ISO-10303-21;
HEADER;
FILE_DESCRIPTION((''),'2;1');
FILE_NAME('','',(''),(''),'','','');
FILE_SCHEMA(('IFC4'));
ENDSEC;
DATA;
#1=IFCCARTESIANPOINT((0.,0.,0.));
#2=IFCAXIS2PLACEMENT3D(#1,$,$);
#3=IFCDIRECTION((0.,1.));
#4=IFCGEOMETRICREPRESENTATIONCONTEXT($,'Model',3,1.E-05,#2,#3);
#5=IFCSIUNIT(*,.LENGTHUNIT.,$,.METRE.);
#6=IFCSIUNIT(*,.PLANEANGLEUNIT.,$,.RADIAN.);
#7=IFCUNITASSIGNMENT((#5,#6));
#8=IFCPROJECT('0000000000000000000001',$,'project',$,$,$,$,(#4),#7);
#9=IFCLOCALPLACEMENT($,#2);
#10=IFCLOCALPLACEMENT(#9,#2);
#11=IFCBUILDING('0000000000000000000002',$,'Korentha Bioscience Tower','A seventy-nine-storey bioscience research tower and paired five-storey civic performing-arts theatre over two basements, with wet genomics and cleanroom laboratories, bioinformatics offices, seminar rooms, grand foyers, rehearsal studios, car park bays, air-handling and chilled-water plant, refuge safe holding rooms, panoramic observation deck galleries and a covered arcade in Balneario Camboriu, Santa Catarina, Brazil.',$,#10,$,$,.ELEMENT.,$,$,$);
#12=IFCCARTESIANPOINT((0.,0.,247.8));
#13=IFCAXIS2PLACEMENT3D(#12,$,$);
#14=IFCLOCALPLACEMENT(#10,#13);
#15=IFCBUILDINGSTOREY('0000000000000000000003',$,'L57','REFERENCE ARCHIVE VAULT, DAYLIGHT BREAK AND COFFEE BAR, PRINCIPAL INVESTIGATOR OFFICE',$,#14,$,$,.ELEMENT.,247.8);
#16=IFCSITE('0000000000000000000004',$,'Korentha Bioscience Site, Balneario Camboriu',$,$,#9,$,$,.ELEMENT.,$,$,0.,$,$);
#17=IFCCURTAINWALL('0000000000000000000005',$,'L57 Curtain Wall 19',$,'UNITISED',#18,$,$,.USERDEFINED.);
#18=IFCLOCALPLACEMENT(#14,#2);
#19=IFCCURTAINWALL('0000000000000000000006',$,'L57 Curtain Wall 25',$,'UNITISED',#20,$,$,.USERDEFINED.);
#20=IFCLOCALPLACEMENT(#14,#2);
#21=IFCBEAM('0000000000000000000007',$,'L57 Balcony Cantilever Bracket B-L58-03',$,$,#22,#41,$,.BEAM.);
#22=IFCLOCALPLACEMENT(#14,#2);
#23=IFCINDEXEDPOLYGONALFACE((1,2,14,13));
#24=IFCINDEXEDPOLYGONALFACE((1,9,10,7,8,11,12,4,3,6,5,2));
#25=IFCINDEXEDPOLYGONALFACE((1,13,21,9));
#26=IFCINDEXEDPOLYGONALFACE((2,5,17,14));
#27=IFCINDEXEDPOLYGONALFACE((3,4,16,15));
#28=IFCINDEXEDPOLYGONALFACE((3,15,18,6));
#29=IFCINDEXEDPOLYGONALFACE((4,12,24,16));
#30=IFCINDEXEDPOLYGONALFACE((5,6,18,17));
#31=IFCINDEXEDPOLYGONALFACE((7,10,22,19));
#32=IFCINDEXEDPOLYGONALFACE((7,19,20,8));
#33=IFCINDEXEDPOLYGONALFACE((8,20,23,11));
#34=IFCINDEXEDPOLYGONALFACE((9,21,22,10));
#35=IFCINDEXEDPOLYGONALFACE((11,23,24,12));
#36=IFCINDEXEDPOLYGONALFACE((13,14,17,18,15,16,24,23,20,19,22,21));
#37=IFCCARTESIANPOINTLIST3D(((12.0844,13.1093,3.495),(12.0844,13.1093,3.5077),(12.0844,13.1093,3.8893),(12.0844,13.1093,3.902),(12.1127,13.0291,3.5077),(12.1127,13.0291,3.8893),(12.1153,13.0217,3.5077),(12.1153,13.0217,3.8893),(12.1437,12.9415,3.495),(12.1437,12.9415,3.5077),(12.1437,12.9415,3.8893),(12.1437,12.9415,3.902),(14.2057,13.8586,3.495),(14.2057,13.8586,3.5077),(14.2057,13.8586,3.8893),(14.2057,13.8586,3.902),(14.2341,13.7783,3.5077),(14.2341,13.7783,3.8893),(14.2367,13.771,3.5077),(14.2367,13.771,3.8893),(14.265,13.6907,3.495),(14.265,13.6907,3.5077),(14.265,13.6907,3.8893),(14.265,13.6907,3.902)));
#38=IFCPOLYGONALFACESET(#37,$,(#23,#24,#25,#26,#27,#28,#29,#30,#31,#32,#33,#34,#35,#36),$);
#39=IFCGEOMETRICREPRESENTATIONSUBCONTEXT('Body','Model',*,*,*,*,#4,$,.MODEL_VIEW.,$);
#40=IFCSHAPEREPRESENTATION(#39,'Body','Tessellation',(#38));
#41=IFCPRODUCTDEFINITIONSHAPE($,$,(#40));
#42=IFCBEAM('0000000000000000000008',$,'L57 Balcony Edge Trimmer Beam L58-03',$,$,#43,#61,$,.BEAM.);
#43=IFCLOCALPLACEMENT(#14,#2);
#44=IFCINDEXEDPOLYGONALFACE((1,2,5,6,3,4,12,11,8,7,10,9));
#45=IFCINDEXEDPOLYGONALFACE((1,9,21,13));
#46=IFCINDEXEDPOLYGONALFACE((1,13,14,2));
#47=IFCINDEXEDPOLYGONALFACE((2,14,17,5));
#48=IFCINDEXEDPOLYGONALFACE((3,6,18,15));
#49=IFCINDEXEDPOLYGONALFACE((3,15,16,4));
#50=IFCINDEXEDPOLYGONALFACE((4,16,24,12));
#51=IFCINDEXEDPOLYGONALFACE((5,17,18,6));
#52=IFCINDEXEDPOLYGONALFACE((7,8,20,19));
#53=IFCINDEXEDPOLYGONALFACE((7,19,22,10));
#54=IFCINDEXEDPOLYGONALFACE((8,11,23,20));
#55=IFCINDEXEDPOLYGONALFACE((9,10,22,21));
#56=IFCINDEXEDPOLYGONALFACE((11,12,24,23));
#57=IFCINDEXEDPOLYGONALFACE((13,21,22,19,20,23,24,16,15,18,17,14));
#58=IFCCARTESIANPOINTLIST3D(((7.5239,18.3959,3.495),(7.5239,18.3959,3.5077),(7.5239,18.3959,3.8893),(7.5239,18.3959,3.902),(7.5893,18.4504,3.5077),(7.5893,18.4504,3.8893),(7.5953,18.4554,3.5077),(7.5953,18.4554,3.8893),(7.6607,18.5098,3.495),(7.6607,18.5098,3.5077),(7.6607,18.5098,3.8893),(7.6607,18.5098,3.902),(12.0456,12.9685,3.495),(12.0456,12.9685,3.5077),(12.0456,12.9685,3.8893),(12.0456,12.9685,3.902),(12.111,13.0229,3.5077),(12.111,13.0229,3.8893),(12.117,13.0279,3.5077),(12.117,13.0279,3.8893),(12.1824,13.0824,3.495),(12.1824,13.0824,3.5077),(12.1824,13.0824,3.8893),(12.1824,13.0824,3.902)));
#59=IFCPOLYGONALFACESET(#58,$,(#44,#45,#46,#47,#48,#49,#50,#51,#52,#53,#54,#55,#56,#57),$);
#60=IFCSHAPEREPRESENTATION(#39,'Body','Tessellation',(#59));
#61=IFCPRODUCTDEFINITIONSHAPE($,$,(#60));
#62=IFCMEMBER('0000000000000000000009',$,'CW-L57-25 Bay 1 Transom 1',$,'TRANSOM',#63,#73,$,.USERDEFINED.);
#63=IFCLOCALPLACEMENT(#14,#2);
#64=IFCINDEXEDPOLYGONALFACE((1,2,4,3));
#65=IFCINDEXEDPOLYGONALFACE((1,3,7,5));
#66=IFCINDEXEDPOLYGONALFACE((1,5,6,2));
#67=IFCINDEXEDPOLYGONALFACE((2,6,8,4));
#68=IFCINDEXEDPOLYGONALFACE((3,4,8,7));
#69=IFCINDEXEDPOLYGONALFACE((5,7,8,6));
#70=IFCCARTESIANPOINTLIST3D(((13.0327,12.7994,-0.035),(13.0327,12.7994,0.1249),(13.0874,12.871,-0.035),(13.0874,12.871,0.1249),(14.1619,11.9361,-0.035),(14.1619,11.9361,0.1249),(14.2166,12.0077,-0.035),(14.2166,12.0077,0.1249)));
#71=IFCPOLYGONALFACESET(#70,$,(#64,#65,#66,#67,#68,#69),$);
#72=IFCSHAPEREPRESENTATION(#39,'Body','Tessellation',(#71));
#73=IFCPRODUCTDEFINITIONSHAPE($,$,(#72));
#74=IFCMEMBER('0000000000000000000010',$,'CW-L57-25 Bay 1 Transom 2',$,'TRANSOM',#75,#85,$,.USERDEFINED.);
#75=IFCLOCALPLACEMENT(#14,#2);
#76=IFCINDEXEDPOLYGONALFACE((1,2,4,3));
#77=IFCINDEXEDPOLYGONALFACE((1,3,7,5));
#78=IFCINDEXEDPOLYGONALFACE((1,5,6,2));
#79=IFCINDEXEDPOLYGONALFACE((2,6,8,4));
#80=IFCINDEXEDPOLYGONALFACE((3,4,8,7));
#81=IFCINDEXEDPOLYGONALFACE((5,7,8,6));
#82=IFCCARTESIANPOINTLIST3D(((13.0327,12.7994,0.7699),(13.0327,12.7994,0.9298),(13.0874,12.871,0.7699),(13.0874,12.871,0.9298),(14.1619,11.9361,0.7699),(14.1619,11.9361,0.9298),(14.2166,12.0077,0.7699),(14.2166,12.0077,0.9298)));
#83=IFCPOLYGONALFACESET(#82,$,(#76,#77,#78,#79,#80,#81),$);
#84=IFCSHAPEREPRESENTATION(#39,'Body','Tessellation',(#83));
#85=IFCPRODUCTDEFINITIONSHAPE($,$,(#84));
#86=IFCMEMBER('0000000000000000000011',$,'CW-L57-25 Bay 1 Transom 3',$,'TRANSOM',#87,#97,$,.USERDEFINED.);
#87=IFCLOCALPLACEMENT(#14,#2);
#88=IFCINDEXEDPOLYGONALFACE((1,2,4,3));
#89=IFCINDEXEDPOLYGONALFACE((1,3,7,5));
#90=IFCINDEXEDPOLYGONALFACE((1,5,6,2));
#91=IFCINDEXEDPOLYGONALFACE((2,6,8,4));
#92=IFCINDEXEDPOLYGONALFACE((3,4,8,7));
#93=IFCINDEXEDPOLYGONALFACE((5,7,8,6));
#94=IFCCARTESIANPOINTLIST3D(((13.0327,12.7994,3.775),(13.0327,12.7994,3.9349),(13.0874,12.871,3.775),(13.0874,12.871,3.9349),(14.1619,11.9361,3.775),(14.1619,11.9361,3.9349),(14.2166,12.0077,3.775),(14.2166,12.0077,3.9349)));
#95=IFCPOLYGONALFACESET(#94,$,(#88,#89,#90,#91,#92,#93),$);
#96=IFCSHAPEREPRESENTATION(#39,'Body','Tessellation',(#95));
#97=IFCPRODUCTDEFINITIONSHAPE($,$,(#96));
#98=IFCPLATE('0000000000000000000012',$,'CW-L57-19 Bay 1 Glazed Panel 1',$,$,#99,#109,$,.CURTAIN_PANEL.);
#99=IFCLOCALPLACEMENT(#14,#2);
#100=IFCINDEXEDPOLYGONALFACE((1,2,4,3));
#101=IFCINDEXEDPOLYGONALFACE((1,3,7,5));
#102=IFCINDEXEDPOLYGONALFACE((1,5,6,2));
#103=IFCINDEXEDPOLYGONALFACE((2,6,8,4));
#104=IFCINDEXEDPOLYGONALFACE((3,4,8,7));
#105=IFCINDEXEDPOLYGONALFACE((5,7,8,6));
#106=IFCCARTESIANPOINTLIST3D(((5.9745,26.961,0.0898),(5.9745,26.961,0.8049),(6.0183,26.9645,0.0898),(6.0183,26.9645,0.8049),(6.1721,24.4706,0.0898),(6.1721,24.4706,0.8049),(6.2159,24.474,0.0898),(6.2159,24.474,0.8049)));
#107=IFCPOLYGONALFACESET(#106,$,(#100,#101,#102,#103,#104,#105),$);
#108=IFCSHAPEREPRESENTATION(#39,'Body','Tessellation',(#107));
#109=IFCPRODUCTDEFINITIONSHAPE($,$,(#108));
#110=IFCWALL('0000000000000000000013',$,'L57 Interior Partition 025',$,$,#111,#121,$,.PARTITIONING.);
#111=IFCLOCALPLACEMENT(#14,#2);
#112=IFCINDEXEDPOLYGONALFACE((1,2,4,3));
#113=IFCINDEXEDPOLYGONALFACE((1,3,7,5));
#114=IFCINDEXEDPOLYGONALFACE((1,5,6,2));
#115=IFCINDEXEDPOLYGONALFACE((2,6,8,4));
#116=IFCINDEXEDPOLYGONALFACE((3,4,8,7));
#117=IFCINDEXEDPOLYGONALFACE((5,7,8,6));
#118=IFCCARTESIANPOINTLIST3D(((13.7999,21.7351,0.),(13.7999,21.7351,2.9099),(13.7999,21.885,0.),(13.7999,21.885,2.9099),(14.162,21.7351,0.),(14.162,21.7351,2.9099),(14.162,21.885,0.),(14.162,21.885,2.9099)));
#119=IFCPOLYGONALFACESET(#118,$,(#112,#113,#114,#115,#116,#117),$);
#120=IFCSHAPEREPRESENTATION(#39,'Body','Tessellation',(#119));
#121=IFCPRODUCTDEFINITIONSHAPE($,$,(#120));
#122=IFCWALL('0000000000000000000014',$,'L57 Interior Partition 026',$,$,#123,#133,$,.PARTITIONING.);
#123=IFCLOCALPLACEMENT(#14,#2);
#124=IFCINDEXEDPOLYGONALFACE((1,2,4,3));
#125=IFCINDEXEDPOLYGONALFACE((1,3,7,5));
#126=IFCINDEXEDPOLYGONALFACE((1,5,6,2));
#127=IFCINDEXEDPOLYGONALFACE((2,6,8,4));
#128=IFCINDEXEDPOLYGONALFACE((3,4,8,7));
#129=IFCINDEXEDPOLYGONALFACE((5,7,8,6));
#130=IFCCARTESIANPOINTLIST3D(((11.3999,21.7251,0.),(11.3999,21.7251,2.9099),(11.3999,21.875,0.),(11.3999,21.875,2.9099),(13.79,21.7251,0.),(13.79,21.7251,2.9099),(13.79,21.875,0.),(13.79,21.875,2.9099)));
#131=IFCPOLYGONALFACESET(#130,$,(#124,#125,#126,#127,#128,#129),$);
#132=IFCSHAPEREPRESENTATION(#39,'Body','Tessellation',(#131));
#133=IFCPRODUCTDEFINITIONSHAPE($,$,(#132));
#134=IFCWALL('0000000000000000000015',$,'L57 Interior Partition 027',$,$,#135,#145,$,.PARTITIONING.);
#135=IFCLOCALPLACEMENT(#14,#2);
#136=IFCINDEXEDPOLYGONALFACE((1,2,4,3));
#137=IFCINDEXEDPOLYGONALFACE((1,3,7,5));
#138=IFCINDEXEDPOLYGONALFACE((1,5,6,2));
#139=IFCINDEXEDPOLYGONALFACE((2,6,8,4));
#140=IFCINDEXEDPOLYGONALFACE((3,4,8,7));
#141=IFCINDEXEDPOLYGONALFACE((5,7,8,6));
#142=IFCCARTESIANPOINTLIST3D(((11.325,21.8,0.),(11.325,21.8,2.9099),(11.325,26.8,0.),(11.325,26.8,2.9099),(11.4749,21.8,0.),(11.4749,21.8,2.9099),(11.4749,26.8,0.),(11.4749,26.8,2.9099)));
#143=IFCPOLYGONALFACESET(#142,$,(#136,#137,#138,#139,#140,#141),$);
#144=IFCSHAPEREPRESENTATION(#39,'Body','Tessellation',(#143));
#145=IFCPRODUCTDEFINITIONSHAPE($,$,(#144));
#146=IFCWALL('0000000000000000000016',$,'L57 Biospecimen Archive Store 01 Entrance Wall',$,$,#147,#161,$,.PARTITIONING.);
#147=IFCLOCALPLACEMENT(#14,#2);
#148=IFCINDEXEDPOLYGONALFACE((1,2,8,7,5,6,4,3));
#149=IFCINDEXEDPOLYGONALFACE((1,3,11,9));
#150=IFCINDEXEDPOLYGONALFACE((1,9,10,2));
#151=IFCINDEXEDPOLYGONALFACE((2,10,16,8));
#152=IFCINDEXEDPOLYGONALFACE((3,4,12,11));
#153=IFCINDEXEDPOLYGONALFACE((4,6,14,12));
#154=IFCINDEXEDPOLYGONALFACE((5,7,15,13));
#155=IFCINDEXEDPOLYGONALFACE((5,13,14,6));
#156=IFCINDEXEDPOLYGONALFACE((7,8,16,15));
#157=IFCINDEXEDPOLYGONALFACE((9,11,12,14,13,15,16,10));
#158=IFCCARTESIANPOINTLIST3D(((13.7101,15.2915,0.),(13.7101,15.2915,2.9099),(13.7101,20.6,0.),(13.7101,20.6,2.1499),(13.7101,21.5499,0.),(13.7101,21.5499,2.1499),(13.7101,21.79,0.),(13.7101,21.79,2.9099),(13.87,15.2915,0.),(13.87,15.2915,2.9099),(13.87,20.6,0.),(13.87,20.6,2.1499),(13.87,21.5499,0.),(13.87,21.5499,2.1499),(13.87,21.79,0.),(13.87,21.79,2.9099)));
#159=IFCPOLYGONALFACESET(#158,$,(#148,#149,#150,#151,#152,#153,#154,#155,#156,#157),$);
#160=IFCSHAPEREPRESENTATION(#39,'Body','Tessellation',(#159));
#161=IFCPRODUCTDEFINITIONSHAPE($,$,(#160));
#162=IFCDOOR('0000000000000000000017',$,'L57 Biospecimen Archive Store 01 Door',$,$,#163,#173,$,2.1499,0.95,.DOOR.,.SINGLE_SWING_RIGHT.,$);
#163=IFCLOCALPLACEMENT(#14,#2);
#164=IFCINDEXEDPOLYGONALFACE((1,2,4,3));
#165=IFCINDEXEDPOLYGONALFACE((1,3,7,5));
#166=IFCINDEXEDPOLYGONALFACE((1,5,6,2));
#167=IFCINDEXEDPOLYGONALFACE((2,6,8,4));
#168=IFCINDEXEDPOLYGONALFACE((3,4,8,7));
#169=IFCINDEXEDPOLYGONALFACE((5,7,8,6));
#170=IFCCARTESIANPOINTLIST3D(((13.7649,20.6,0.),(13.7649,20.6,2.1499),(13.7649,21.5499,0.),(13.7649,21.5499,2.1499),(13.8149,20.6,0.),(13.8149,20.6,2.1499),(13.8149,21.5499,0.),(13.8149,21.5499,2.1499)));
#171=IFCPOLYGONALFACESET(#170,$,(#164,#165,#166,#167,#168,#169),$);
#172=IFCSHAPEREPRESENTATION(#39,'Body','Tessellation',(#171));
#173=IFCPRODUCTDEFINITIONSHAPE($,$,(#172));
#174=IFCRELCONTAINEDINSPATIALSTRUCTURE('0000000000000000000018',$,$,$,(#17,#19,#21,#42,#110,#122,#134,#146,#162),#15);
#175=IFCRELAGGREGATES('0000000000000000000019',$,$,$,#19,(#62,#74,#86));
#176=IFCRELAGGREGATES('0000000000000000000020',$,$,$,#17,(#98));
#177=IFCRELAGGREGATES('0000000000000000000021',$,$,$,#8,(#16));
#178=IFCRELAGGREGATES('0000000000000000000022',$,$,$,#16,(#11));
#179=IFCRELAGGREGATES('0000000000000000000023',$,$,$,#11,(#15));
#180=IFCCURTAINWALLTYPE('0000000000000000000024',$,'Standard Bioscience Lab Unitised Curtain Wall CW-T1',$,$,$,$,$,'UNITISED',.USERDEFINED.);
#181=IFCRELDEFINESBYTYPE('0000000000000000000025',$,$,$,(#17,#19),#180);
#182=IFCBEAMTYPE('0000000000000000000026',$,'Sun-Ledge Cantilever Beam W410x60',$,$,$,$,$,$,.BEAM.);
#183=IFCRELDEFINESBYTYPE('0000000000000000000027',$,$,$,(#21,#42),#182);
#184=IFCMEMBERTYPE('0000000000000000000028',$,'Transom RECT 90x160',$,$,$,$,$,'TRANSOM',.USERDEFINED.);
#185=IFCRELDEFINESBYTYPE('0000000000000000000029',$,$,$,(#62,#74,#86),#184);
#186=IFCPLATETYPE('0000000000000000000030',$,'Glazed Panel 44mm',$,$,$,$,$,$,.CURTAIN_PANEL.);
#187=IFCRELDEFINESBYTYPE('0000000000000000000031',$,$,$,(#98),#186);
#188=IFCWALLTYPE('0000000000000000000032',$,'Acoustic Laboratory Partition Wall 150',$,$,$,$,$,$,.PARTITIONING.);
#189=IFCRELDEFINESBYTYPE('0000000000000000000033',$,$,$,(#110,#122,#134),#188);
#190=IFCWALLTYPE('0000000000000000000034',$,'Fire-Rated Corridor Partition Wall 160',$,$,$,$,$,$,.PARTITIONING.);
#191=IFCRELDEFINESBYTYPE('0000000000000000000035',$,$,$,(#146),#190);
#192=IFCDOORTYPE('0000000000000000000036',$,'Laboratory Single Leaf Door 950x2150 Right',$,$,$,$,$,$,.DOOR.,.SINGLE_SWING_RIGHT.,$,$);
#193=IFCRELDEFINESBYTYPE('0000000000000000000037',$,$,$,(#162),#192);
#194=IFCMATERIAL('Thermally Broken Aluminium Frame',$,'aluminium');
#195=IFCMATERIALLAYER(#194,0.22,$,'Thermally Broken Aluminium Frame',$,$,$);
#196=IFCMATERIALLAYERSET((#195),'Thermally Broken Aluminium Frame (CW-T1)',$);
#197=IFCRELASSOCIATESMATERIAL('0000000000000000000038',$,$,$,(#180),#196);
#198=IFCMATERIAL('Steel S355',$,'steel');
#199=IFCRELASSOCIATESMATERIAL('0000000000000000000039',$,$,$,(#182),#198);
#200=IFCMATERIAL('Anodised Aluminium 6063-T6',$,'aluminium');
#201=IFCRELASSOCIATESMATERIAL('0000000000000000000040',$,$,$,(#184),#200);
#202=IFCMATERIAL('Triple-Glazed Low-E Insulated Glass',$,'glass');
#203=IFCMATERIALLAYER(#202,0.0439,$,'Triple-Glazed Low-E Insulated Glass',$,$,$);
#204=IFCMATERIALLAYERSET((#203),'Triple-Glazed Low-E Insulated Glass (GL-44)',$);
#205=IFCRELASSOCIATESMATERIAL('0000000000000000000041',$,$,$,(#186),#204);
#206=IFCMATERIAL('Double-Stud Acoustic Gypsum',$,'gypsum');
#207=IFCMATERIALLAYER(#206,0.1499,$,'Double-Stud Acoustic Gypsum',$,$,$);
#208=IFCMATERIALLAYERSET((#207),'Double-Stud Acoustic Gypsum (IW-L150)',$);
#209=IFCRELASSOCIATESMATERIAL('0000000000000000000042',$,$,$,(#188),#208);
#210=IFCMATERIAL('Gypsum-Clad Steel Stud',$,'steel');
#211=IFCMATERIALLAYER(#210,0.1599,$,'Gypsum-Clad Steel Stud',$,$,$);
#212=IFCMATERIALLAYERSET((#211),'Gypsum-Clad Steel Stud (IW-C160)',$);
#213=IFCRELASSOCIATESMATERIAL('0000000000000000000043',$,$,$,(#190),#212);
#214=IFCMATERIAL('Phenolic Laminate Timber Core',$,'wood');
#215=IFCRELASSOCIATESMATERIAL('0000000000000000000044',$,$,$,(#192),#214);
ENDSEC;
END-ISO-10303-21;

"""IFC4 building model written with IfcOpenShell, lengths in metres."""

from ifc_helpers import new_model, si_unit, direction, frame, frame_2d, origin, origin_2d, place, context, subcontext, project, spatial, rectangle, i_section, extrude, material, layer, layer_set, material_profile, profile_set, type_object, element, fill, aggregate, save


model = new_model("IFC4")

# Units and contexts
model_context = context("Model", 3, precision=1e-05, world=origin(), true_north=direction((0.0, 1.0)))
body_context = subcontext(model_context, "Body", "Model", "MODEL_VIEW")
ifc_project = project(units=[si_unit("LENGTHUNIT", "METRE"), si_unit("PLANEANGLEUNIT", "RADIAN")], contexts=[model_context])

# Site, building, storey
site_placement = place(None, origin())
site = spatial("IfcSite", under=ifc_project, at=site_placement, Name="Korentha Bioscience Site, Balneario Camboriu", CompositionType="ELEMENT", RefElevation=0.0)
building_placement = place(site_placement, origin())
building = spatial("IfcBuilding", under=site, at=building_placement, Name="Korentha Bioscience Tower", Description="A seventy-nine-storey bioscience research tower and paired five-storey civic performing-arts theatre over two basements, with wet genomics and cleanroom laboratories, bioinformatics offices, seminar rooms, grand foyers, rehearsal studios, car park bays, air-handling and chilled-water plant, refuge safe holding rooms, panoramic observation deck galleries and a covered arcade in Balneario Camboriu, Santa Catarina, Brazil.", CompositionType="ELEMENT")
storey_placement = place(building_placement, frame((0.0, 0.0, 247.8)))
storey = spatial("IfcBuildingStorey", under=building, at=storey_placement, Name="L57", Description="REFERENCE ARCHIVE VAULT, DAYLIGHT BREAK AND COFFEE BAR, PRINCIPAL INVESTIGATOR OFFICE", CompositionType="ELEMENT", Elevation=247.8)

# Curtain walls
ifc_material_1 = material(Name="Thermally Broken Aluminium Frame", Category="aluminium")
ifc_layer_1 = layer(ifc_material_1, 0.22, Name="Thermally Broken Aluminium Frame")
ifc_layer_set_1 = layer_set([ifc_layer_1], Name="Thermally Broken Aluminium Frame (CW-T1)")
curtain_wall_type = type_object("IfcCurtainWallType", Name="Standard Bioscience Lab Unitised Curtain Wall CW-T1", ElementType="UNITISED", PredefinedType="USERDEFINED", material=ifc_layer_set_1)
curtain_wall_1_placement = place(storey_placement, origin())
curtain_wall_1 = element("IfcCurtainWall", 1, at=curtain_wall_1_placement, inside=storey, type_object=curtain_wall_type, Name="L57 Curtain Wall 19", ObjectType="UNITISED", PredefinedType="USERDEFINED")
ifc_material_2 = material(Name="Anodised Aluminium 6063-T6", Category="aluminium")
curtain_wall_2_placement = place(storey_placement, origin())
curtain_wall_2 = element("IfcCurtainWall", 2, at=curtain_wall_2_placement, inside=storey, type_object=curtain_wall_type, Name="L57 Curtain Wall 25", ObjectType="UNITISED", PredefinedType="USERDEFINED")

# Beams
ifc_material_3 = material(Name="Steel S355", Category="steel")
ifc_material_profile_1 = material_profile(ifc_material_3, i_section(OverallWidth=0.178, OverallDepth=0.407, WebThickness=0.0078, FlangeThickness=0.0127, at=origin_2d()), Name="Steel S355")
ifc_profile_set_1 = profile_set([ifc_material_profile_1], Name="Steel S355 (CB-410)")
beam_type_1 = type_object("IfcBeamType", Name="Sun-Ledge Cantilever Beam W410x60", PredefinedType="BEAM", material=ifc_profile_set_1)
beam_1_placement = place(storey_placement, frame((14.2354, 13.7747, 3.6985), z_axis=(-0.942912, -0.333041, 0.0), x_axis=(0.333041, -0.942912, 0.0)))
element("IfcBeam", 3, at=beam_1_placement, inside=storey, type_object=beam_type_1, Name="L57 Balcony Cantilever Bracket B-L58-03", PredefinedType="BEAM", context=body_context, shape_type="SweptSolid", body=[
    extrude(i_section(OverallWidth=0.178, OverallDepth=0.407, WebThickness=0.0078, FlangeThickness=0.0127, at=origin_2d()), origin(), (0.0, 0.0, 1.0), 2.2498),
])
beam_2_placement = place(storey_placement, frame((7.5923, 18.4529, 3.6985), z_axis=(0.640086, -0.768303, 0.0), x_axis=(0.768303, 0.640086, 0.0)))
element("IfcBeam", 4, at=beam_2_placement, inside=storey, type_object=beam_type_1, Name="L57 Balcony Edge Trimmer Beam L58-03", PredefinedType="BEAM", context=body_context, shape_type="SweptSolid", body=[
    extrude(i_section(OverallWidth=0.178, OverallDepth=0.407, WebThickness=0.0078, FlangeThickness=0.0127, at=origin_2d()), origin(), (0.0, 0.0, 1.0), 7.0642),
])

# Members
ifc_material_profile_2 = material_profile(ifc_material_2, rectangle(XDim=0.0901, YDim=0.1599, at=origin_2d()), Name="Anodised Aluminium 6063-T6")
ifc_profile_set_2 = profile_set([ifc_material_profile_2], Name="Anodised Aluminium 6063-T6 (CW-TRN)")
member_type_1 = type_object("IfcMemberType", Name="Transom RECT 90x160", ElementType="TRANSOM", PredefinedType="USERDEFINED", material=ifc_profile_set_2)
member_1_placement = place(storey_placement, frame((13.0601, 12.8352, 0.0449), z_axis=(0.794421, -0.607367, 0.0), x_axis=(0.607367, 0.794421, 0.0)))
member_1 = element("IfcMember", 5, at=member_1_placement, type_object=member_type_1, Name="CW-L57-25 Bay 1 Transom 1", ObjectType="TRANSOM", PredefinedType="USERDEFINED", context=body_context, shape_type="SweptSolid", body=[
    extrude(rectangle(XDim=0.0901, YDim=0.1599, at=origin_2d()), origin(), (0.0, 0.0, 1.0), 1.4214),
])
member_2_placement = place(storey_placement, frame((13.0601, 12.8352, 0.8499), z_axis=(0.794421, -0.607367, 0.0), x_axis=(0.607367, 0.794421, 0.0)))
member_2 = element("IfcMember", 6, at=member_2_placement, type_object=member_type_1, Name="CW-L57-25 Bay 1 Transom 2", ObjectType="TRANSOM", PredefinedType="USERDEFINED", context=body_context, shape_type="SweptSolid", body=[
    extrude(rectangle(XDim=0.0901, YDim=0.1599, at=origin_2d()), origin(), (0.0, 0.0, 1.0), 1.4214),
])
member_3_placement = place(storey_placement, frame((13.0601, 12.8352, 3.855), z_axis=(0.794421, -0.607367, 0.0), x_axis=(0.607367, 0.794421, 0.0)))
member_3 = element("IfcMember", 7, at=member_3_placement, type_object=member_type_1, Name="CW-L57-25 Bay 1 Transom 3", ObjectType="TRANSOM", PredefinedType="USERDEFINED", context=body_context, shape_type="SweptSolid", body=[
    extrude(rectangle(XDim=0.0901, YDim=0.1599, at=origin_2d()), origin(), (0.0, 0.0, 1.0), 1.4214),
])
aggregate(curtain_wall_2, [member_1, member_2, member_3])

# Plate
ifc_material_4 = material(Name="Triple-Glazed Low-E Insulated Glass", Category="glass")
ifc_layer_2 = layer(ifc_material_4, 0.0439, Name="Triple-Glazed Low-E Insulated Glass")
ifc_layer_set_2 = layer_set([ifc_layer_2], Name="Triple-Glazed Low-E Insulated Glass (GL-44)")
plate_type = type_object("IfcPlateType", Name="Glazed Panel 44mm", PredefinedType="CURTAIN_PANEL", material=ifc_layer_set_2)
plate_placement = place(storey_placement, frame((6.0952, 25.7175, 0.0898), z_axis=(0.0, 0.0, 1.0), x_axis=(0.079117, -0.996865, 0.0)))
plate = element("IfcPlate", 8, at=plate_placement, type_object=plate_type, Name="CW-L57-19 Bay 1 Glazed Panel 1", PredefinedType="CURTAIN_PANEL", context=body_context, shape_type="SweptSolid", body=[
    extrude(rectangle(XDim=2.4983, YDim=0.0439, at=origin_2d()), origin(), (0.0, 0.0, 1.0), 0.7151),
])
aggregate(curtain_wall_1, [plate])

# Walls
ifc_material_5 = material(Name="Double-Stud Acoustic Gypsum", Category="gypsum")
ifc_layer_3 = layer(ifc_material_5, 0.1499, Name="Double-Stud Acoustic Gypsum")
ifc_layer_set_3 = layer_set([ifc_layer_3], Name="Double-Stud Acoustic Gypsum (IW-L150)")
wall_type_1 = type_object("IfcWallType", Name="Acoustic Laboratory Partition Wall 150", PredefinedType="PARTITIONING", material=ifc_layer_set_3)
wall_1_placement = place(storey_placement, frame((14.1621, 21.8101, 0.0), z_axis=(0.0, 0.0, 1.0), x_axis=(-1.0, 0.0, 0.0)))
element("IfcWall", 9, at=wall_1_placement, inside=storey, type_object=wall_type_1, Name="L57 Interior Partition 025", PredefinedType="PARTITIONING", context=body_context, shape_type="SweptSolid", body=[
    extrude(rectangle(XDim=0.3621, YDim=0.1499, at=frame_2d((0.1812, 0.0))), origin(), (0.0, 0.0, 1.0), 2.9099),
])
wall_2_placement = place(storey_placement, frame((13.79, 21.8, 0.0), z_axis=(0.0, 0.0, 1.0), x_axis=(-1.0, 0.0, 0.0)))
element("IfcWall", 10, at=wall_2_placement, inside=storey, type_object=wall_type_1, Name="L57 Interior Partition 026", PredefinedType="PARTITIONING", context=body_context, shape_type="SweptSolid", body=[
    extrude(rectangle(XDim=2.3901, YDim=0.1499, at=frame_2d((1.1951, 0.0))), origin(), (0.0, 0.0, 1.0), 2.9099),
])
wall_3_placement = place(storey_placement, frame((11.3999, 21.8, 0.0), z_axis=(0.0, 0.0, 1.0), x_axis=(0.0, 1.0, 0.0)))
element("IfcWall", 11, at=wall_3_placement, inside=storey, type_object=wall_type_1, Name="L57 Interior Partition 027", PredefinedType="PARTITIONING", context=body_context, shape_type="SweptSolid", body=[
    extrude(rectangle(XDim=5.0, YDim=0.1499, at=frame_2d((2.5, 0.0))), origin(), (0.0, 0.0, 1.0), 2.9099),
])

# Wall, opening, door
ifc_material_6 = material(Name="Gypsum-Clad Steel Stud", Category="steel")
ifc_layer_4 = layer(ifc_material_6, 0.1599, Name="Gypsum-Clad Steel Stud")
ifc_layer_set_4 = layer_set([ifc_layer_4], Name="Gypsum-Clad Steel Stud (IW-C160)")
wall_type_2 = type_object("IfcWallType", Name="Fire-Rated Corridor Partition Wall 160", PredefinedType="PARTITIONING", material=ifc_layer_set_4)
wall_4_placement = place(storey_placement, frame((13.79, 21.79, 0.0), z_axis=(0.0, 0.0, 1.0), x_axis=(0.0, -1.0, 0.0)))
wall_4 = element("IfcWall", 12, at=wall_4_placement, inside=storey, type_object=wall_type_2, Name="L57 Biospecimen Archive Store 01 Entrance Wall", PredefinedType="PARTITIONING", context=body_context, shape_type="SweptSolid", body=[
    extrude(rectangle(XDim=6.4985, YDim=0.1599, at=frame_2d((3.2493, 0.0))), origin(), (0.0, 0.0, 1.0), 2.9099),
])
opening_1_placement = place(wall_4_placement, frame((0.24, 0.0, 0.0)))
opening_1 = element("IfcOpeningElement", 13, at=opening_1_placement, cuts=wall_4, PredefinedType="OPENING", context=body_context, shape_type="SweptSolid", body=[
    extrude(rectangle(XDim=0.95, YDim=2.1499, at=frame_2d((0.4751, 1.075))), frame((0.0, 0.0947, 0.0), z_axis=(0.0, -1.0, 0.0), x_axis=(1.0, 0.0, 0.0)), (0.0, 0.0, 1.0), 0.1897),
])
ifc_material_7 = material(Name="Phenolic Laminate Timber Core", Category="wood")
door_type = type_object("IfcDoorType", Name="Laboratory Single Leaf Door 950x2150 Right", OperationType="SINGLE_SWING_RIGHT", PredefinedType="DOOR", material=ifc_material_7)
door_placement = place(opening_1_placement, origin())
door = element("IfcDoor", 14, at=door_placement, inside=storey, type_object=door_type, Name="L57 Biospecimen Archive Store 01 Door", OperationType="SINGLE_SWING_RIGHT", OverallHeight=2.1499, OverallWidth=0.95, PredefinedType="DOOR", context=body_context, shape_type="SweptSolid", body=[
    extrude(rectangle(XDim=0.95, YDim=2.1499, at=frame_2d((0.4751, 1.075))), frame((0.0, 0.0249, 0.0), z_axis=(0.0, -1.0, 0.0), x_axis=(1.0, 0.0, 0.0)), (0.0, 0.0, 1.0), 0.05),
])
fill(opening_1, door)

save(model, "model.ifc")
